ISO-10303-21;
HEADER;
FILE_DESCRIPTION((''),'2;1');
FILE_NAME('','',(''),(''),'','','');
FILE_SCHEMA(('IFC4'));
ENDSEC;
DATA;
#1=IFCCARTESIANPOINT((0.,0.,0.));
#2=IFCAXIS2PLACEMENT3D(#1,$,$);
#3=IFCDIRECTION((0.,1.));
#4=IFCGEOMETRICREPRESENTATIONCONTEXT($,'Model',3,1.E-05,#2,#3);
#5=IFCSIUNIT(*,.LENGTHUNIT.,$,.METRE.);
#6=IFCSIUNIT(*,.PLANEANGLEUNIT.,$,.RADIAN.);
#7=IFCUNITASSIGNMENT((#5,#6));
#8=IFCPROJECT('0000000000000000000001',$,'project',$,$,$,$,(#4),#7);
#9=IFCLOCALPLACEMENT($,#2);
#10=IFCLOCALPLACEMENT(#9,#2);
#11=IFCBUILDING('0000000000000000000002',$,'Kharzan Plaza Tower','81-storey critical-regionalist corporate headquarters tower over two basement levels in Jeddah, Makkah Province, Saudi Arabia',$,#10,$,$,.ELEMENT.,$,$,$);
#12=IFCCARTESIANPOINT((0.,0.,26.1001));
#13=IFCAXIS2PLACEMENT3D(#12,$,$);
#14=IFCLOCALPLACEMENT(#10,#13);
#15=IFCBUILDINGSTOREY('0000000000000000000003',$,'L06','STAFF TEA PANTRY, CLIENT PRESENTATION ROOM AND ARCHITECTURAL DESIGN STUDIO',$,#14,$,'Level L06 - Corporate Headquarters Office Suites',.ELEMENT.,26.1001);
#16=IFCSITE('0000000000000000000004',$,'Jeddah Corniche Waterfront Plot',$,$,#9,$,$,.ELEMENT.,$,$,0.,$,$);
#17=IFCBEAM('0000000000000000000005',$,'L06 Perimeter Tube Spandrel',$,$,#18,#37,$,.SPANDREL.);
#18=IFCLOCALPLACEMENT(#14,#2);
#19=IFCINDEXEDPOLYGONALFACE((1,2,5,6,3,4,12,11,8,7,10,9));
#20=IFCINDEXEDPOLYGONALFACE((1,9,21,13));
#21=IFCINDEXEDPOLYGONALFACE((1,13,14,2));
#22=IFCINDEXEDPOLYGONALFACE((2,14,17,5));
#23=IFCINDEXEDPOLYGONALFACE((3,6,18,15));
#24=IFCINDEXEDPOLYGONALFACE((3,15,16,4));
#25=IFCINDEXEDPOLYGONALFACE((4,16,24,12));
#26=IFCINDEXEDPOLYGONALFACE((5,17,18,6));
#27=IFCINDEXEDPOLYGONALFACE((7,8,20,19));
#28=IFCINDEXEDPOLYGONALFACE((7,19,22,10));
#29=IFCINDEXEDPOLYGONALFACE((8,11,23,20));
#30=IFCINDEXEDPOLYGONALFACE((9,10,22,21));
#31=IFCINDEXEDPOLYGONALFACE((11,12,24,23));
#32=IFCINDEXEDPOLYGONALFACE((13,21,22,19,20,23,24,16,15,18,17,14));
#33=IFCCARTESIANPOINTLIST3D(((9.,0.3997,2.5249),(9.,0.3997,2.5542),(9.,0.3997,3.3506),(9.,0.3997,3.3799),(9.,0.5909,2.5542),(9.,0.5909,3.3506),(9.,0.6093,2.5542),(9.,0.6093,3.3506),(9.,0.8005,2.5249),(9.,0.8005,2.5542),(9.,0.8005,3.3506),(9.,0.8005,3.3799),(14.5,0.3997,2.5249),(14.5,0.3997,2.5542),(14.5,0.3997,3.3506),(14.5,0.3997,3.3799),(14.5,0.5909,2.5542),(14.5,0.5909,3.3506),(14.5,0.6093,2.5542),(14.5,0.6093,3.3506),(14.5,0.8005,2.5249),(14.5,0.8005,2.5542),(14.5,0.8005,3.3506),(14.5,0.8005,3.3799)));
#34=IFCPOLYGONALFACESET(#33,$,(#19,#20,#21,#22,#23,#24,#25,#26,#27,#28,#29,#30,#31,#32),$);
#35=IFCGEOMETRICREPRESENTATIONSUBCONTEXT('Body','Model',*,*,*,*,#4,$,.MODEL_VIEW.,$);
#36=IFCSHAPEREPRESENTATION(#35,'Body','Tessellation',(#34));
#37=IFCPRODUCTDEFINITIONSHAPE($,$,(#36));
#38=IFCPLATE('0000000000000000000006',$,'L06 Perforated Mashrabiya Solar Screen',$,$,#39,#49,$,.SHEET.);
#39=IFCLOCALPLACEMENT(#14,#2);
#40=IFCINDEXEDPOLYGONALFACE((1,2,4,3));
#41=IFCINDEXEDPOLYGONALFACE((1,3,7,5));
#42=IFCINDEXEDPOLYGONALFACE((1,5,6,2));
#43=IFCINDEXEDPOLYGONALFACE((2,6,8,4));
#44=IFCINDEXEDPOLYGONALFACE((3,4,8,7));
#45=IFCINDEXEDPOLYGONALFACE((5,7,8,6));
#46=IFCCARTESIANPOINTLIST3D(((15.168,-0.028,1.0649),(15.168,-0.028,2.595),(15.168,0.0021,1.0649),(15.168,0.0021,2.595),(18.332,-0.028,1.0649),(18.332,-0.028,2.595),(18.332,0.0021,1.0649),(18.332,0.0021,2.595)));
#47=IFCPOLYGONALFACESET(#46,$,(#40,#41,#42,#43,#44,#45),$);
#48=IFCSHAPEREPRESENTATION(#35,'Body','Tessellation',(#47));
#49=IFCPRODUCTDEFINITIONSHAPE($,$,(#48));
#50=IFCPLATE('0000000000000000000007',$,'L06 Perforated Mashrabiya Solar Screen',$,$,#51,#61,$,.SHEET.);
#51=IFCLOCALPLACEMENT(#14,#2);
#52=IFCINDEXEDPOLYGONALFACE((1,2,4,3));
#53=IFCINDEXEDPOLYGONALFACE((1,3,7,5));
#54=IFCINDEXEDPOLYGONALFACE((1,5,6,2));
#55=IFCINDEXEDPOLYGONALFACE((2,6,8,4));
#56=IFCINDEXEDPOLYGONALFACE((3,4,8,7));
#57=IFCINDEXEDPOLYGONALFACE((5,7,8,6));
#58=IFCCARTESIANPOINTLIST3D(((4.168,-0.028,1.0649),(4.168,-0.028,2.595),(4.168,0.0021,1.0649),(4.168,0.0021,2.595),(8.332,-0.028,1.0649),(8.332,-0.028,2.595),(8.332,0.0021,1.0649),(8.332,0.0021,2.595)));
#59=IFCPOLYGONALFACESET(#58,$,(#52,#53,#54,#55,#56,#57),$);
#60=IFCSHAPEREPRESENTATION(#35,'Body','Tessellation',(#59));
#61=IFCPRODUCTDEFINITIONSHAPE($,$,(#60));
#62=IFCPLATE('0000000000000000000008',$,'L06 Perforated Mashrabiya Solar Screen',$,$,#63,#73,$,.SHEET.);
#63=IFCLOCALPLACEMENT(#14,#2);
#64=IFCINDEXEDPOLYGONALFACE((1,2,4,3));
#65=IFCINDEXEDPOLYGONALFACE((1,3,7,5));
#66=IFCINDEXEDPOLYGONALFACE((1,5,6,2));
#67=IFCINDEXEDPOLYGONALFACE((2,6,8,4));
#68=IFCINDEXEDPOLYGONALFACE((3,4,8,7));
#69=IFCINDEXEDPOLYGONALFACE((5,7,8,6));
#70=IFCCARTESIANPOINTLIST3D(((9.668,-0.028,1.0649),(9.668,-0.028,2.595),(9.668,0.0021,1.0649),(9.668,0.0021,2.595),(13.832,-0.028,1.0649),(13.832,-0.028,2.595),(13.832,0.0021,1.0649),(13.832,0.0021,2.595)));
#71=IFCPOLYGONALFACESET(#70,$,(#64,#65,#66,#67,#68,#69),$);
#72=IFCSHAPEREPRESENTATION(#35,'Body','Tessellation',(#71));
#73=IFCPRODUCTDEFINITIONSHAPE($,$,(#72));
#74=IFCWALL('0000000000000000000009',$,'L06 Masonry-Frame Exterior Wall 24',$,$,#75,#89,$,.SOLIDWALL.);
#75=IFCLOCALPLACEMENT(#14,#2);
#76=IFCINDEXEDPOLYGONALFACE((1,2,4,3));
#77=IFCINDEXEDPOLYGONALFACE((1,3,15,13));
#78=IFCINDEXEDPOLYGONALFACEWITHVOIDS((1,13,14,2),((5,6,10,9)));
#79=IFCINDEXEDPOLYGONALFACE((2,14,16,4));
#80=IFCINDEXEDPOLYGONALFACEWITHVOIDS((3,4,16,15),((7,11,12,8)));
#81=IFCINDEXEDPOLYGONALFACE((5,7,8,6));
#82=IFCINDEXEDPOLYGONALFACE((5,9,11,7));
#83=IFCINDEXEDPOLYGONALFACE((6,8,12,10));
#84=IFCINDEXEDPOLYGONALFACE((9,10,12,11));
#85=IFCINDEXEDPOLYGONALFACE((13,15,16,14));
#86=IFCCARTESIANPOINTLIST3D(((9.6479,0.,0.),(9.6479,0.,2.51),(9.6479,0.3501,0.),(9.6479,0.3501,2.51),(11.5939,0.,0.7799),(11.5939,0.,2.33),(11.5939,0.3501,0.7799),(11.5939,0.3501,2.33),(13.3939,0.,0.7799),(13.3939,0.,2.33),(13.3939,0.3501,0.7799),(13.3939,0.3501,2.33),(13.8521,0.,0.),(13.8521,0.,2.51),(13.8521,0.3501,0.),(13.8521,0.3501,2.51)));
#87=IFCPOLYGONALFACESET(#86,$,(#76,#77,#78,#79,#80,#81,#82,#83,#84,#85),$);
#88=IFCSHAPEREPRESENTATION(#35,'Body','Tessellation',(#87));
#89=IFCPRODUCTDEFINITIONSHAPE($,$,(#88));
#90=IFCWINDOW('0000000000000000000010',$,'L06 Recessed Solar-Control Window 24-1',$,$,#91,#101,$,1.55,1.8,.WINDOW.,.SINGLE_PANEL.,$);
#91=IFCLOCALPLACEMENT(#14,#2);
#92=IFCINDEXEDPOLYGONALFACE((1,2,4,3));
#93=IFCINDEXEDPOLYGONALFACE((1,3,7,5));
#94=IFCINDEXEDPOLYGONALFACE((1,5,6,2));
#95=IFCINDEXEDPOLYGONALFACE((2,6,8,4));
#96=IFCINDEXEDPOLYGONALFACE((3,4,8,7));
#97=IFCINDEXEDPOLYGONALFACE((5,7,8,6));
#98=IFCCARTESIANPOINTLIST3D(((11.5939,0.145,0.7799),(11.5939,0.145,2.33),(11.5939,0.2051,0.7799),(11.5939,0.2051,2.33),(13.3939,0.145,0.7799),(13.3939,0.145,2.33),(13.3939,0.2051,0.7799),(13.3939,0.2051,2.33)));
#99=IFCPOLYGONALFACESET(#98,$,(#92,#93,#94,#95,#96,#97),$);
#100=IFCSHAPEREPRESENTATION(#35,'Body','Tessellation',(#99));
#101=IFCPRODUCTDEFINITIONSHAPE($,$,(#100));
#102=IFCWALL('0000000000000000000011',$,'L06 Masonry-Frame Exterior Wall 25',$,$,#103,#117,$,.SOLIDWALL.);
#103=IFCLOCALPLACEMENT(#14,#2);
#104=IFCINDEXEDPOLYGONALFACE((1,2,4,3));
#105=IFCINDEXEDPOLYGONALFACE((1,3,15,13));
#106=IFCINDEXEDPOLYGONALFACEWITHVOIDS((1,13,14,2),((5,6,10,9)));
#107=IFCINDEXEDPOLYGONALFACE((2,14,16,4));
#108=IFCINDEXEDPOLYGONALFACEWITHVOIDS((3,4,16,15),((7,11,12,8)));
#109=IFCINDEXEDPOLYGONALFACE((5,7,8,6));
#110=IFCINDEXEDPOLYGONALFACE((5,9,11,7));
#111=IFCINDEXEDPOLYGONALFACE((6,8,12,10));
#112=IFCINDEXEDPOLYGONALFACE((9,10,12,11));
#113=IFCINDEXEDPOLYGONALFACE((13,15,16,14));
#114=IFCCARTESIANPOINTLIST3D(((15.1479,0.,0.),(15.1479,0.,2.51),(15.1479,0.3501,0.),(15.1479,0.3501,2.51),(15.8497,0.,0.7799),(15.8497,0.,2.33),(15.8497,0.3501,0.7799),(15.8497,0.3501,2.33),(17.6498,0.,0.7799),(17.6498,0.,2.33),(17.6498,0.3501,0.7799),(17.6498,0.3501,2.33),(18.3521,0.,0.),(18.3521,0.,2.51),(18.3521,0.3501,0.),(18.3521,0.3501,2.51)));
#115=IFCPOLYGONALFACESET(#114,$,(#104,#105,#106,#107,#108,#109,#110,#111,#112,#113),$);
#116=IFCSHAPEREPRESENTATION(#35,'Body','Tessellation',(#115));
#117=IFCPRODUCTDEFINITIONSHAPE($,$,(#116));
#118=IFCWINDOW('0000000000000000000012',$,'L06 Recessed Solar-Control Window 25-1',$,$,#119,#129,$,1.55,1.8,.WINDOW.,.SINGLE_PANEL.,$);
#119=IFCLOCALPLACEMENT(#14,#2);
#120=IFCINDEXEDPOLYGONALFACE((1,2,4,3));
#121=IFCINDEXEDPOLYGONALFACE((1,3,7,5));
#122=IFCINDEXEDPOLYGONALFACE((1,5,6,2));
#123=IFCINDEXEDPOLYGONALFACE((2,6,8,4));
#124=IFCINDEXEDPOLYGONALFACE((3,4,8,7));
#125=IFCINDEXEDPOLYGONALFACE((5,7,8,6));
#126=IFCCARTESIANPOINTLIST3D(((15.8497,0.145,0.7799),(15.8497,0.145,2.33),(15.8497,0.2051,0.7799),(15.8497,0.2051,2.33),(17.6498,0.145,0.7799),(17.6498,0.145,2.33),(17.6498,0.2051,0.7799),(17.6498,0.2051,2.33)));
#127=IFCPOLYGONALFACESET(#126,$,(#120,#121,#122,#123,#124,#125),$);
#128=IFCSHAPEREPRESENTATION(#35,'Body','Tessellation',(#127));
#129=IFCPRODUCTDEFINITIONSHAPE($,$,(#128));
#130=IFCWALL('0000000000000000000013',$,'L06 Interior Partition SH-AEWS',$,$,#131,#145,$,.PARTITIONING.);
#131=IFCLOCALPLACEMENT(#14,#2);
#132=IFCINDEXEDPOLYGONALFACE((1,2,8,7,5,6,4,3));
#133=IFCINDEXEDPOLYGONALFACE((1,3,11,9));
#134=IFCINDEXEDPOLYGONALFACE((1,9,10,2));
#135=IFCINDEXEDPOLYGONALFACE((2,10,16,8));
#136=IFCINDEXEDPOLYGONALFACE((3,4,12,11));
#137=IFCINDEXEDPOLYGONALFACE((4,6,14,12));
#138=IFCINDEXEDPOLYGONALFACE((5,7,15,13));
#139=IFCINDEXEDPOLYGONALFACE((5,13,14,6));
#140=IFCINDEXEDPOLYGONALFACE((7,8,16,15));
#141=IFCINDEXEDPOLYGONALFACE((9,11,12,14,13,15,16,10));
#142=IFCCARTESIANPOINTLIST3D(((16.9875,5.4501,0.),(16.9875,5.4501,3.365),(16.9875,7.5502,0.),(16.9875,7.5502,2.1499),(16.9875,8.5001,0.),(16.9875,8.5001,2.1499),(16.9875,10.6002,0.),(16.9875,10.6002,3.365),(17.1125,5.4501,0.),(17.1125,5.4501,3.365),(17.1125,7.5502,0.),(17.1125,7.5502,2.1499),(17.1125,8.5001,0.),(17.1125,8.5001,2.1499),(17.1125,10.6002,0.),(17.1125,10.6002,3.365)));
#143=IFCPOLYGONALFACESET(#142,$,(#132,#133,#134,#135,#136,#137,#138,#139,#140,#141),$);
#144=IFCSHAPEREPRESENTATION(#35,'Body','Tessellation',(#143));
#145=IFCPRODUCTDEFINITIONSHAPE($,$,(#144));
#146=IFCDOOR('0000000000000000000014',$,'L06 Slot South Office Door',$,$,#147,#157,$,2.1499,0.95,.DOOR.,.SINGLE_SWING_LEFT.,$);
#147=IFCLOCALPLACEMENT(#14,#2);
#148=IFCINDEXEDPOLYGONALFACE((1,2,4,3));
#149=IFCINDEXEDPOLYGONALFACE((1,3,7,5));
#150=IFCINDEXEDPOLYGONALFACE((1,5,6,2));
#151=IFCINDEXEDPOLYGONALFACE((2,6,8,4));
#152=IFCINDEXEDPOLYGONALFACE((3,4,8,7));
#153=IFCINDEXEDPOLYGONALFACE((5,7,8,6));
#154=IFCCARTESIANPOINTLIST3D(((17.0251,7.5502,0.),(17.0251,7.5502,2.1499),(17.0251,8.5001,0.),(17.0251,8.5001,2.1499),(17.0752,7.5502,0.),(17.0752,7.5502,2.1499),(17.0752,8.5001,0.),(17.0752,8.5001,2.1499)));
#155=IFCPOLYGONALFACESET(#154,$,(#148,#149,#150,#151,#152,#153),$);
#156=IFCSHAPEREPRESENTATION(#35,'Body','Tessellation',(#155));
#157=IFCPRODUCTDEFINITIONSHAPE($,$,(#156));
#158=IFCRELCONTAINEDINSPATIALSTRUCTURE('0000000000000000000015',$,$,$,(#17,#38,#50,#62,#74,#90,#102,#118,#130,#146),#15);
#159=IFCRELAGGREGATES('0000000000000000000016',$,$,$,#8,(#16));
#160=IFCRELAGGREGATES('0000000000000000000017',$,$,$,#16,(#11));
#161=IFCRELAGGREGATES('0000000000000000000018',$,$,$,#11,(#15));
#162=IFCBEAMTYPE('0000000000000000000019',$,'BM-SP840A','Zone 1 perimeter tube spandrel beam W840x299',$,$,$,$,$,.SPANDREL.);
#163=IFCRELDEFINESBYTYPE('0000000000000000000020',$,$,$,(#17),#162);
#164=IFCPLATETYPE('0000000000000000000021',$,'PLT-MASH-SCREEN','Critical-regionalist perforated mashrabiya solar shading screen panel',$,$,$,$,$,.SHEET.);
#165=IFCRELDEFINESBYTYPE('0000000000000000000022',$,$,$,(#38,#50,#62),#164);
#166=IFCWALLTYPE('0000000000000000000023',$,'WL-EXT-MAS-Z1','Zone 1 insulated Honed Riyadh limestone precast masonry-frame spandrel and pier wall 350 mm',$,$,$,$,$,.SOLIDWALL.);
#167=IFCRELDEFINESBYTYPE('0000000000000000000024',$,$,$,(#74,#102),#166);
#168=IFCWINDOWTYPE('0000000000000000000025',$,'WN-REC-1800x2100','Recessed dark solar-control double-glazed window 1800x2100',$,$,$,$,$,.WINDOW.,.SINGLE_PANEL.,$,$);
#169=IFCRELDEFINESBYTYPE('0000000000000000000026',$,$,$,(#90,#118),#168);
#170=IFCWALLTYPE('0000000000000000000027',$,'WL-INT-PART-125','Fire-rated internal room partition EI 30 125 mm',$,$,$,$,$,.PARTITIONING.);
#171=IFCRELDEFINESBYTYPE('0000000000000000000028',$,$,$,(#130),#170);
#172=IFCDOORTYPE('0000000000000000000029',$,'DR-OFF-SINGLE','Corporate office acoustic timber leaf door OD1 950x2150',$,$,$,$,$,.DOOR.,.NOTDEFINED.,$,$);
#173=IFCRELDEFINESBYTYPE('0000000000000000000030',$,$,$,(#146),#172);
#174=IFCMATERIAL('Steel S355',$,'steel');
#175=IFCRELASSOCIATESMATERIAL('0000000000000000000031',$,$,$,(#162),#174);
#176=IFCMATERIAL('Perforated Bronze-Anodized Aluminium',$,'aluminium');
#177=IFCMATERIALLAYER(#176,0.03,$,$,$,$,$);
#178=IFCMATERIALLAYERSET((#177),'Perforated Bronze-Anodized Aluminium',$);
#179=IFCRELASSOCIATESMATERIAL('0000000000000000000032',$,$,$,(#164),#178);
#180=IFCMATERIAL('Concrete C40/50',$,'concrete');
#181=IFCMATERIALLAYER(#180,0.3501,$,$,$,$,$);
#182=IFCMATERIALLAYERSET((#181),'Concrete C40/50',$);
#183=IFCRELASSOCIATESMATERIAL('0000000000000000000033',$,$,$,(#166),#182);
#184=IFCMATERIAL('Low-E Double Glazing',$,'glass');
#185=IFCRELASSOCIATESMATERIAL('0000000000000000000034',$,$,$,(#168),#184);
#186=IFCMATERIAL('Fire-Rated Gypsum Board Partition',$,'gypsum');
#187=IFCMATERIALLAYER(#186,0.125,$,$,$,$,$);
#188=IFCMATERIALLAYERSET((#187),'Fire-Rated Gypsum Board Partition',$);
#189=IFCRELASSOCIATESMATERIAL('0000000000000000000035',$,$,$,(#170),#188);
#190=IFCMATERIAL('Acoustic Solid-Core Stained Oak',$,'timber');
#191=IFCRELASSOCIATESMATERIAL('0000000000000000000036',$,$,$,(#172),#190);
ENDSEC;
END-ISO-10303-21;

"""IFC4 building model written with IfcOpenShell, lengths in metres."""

from ifc_helpers import new_model, si_unit, direction, frame, frame_2d, origin, origin_2d, place, context, subcontext, project, spatial, rectangle, i_section, extrude, source, transform, mapped, material, layer, layer_set, material_profile, profile_set, type_object, element, fill, save


model = new_model("IFC4")

# Units and contexts
model_context = context("Model", 3, precision=1e-05, world=origin(), true_north=direction((0.0, 1.0)))
body_context = subcontext(model_context, "Body", "Model", "MODEL_VIEW")
ifc_project = project(units=[si_unit("LENGTHUNIT", "METRE"), si_unit("PLANEANGLEUNIT", "RADIAN")], contexts=[model_context])

# Site, building, storey
site_placement = place(None, origin())
site = spatial("IfcSite", under=ifc_project, at=site_placement, Name="Jeddah Corniche Waterfront Plot", CompositionType="ELEMENT", RefElevation=0.0)
building_placement = place(site_placement, origin())
building = spatial("IfcBuilding", under=site, at=building_placement, Name="Kharzan Plaza Tower", Description="81-storey critical-regionalist corporate headquarters tower over two basement levels in Jeddah, Makkah Province, Saudi Arabia", CompositionType="ELEMENT")
storey_placement = place(building_placement, frame((0.0, 0.0, 26.1001)))
storey = spatial("IfcBuildingStorey", under=building, at=storey_placement, Name="L06", Description="STAFF TEA PANTRY, CLIENT PRESENTATION ROOM AND ARCHITECTURAL DESIGN STUDIO", LongName="Level L06 - Corporate Headquarters Office Suites", CompositionType="ELEMENT", Elevation=26.1001)

# Beam
ifc_material_1 = material(Name="Steel S355", Category="steel")
ifc_material_profile_1 = material_profile(ifc_material_1, i_section(OverallWidth=0.4009, OverallDepth=0.855, WebThickness=0.0183, FlangeThickness=0.0293, at=origin_2d()), Name="W840x299")
ifc_profile_set_1 = profile_set([ifc_material_profile_1], Name="Steel S355")
beam_type_1 = type_object("IfcBeamType", Name="BM-SP840A", Description="Zone 1 perimeter tube spandrel beam W840x299", PredefinedType="SPANDREL", material=ifc_profile_set_1)
shared_shape_1 = source(origin(), body_context, "Body", "SweptSolid", [
    extrude(i_section(OverallWidth=0.4009, OverallDepth=0.855, WebThickness=0.0183, FlangeThickness=0.0293, at=origin_2d()), origin(), (0.0, 0.0, 1.0), 5.5),
])
beam_1_placement = place(storey_placement, frame((9.0, 0.6001, 2.9524), z_axis=(1.0, 0.0, 0.0), x_axis=(0.0, 1.0, 0.0)))
element("IfcBeam", 1, at=beam_1_placement, inside=storey, type_object=beam_type_1, Name="L06 Perimeter Tube Spandrel", PredefinedType="SPANDREL", context=body_context, shape_type="MappedRepresentation", body=[
    mapped(shared_shape_1, transform((0.0, 0.0, 0.0), x_axis=(1.0, 0.0, 0.0), y_axis=(0.0, 1.0, 0.0), z_axis=(0.0, 0.0, 1.0))),
])

# Plates
ifc_material_2 = material(Name="Perforated Bronze-Anodized Aluminium", Category="aluminium")
ifc_layer_1 = layer(ifc_material_2, 0.03)
ifc_layer_set_1 = layer_set([ifc_layer_1], Name="Perforated Bronze-Anodized Aluminium")
plate_type = type_object("IfcPlateType", Name="PLT-MASH-SCREEN", Description="Critical-regionalist perforated mashrabiya solar shading screen panel", PredefinedType="SHEET", material=ifc_layer_set_1)
shared_shape_2 = source(origin(), body_context, "Body", "SweptSolid", [
    extrude(rectangle(XDim=3.1641, YDim=0.03, at=origin_2d()), origin(), (0.0, 0.0, 1.0), 1.53),
])
plate_placement = place(storey_placement, frame((16.75, -0.0129, 1.0649), z_axis=(0.0, 0.0, 1.0), x_axis=(1.0, 0.0, 0.0)))
element("IfcPlate", 2, at=plate_placement, inside=storey, type_object=plate_type, Name="L06 Perforated Mashrabiya Solar Screen", PredefinedType="SHEET", context=body_context, shape_type="MappedRepresentation", body=[
    mapped(shared_shape_2, transform((0.0, 0.0, 0.0), x_axis=(1.0, 0.0, 0.0), y_axis=(0.0, 1.0, 0.0), z_axis=(0.0, 0.0, 1.0))),
])
shared_shape_3 = source(origin(), body_context, "Body", "SweptSolid", [
    extrude(rectangle(XDim=4.1641, YDim=0.03, at=origin_2d()), origin(), (0.0, 0.0, 1.0), 1.53),
])
for number, where, z_axis, x_axis, name in (
    (3, (6.25, -0.0129, 1.0649), (0.0, 0.0, 1.0), (1.0, 0.0, 0.0), "L06 Perforated Mashrabiya Solar Screen"),
    (4, (11.75, -0.0129, 1.0649), (0.0, 0.0, 1.0), (1.0, 0.0, 0.0), "L06 Perforated Mashrabiya Solar Screen"),
):
    element("IfcPlate", number, at=place(storey_placement, frame(where, z_axis=z_axis, x_axis=x_axis)), inside=storey, type_object=plate_type, Name=name, PredefinedType="SHEET", context=body_context, shape_type="MappedRepresentation", body=[
        mapped(shared_shape_3, transform((0.0, 0.0, 0.0), x_axis=(1.0, 0.0, 0.0), y_axis=(0.0, 1.0, 0.0), z_axis=(0.0, 0.0, 1.0))),
    ])

# Walls, openings, windows
ifc_material_3 = material(Name="Concrete C40/50", Category="concrete")
ifc_layer_2 = layer(ifc_material_3, 0.3501)
ifc_layer_set_2 = layer_set([ifc_layer_2], Name="Concrete C40/50")
wall_type_1 = type_object("IfcWallType", Name="WL-EXT-MAS-Z1", Description="Zone 1 insulated Honed Riyadh limestone precast masonry-frame spandrel and pier wall 350 mm", PredefinedType="SOLIDWALL", material=ifc_layer_set_2)
wall_1_placement = place(storey_placement, frame((9.6479, 0.175, 0.0), z_axis=(0.0, 0.0, 1.0), x_axis=(1.0, 0.0, 0.0)))
wall_1 = element("IfcWall", 5, at=wall_1_placement, inside=storey, type_object=wall_type_1, Name="L06 Masonry-Frame Exterior Wall 24", PredefinedType="SOLIDWALL", context=body_context, shape_type="SweptSolid", body=[
    extrude(rectangle(XDim=4.2041, YDim=0.3501, at=frame_2d((2.1021, 0.0))), origin(), (0.0, 0.0, 1.0), 2.51),
])
opening_1_placement = place(wall_1_placement, frame((1.946, 0.0, 0.78)))
opening_1 = element("IfcOpeningElement", 6, at=opening_1_placement, cuts=wall_1, PredefinedType="OPENING", context=body_context, shape_type="SweptSolid", body=[
    extrude(rectangle(XDim=1.8, YDim=1.55, at=frame_2d((0.8999, 0.7749))), frame((0.0, 0.1851, 0.0), z_axis=(0.0, -1.0, 0.0), x_axis=(1.0, 0.0, 0.0)), (0.0, 0.0, 1.0), 0.3701),
])
ifc_material_4 = material(Name="Low-E Double Glazing", Category="glass")
window_type = type_object("IfcWindowType", Name="WN-REC-1800x2100", Description="Recessed dark solar-control double-glazed window 1800x2100", PartitioningType="SINGLE_PANEL", PredefinedType="WINDOW", material=ifc_material_4)
shared_shape_4 = source(origin(), body_context, "Body", "SweptSolid", [
    extrude(rectangle(XDim=1.8, YDim=1.55, at=frame_2d((0.8999, 0.7749))), frame((0.0, 0.03, 0.0), z_axis=(0.0, -1.0, 0.0), x_axis=(1.0, 0.0, 0.0)), (0.0, 0.0, 1.0), 0.0601),
])
window_1_placement = place(opening_1_placement, origin())
window_1 = element("IfcWindow", 7, at=window_1_placement, inside=storey, type_object=window_type, Name="L06 Recessed Solar-Control Window 24-1", OverallHeight=1.55, OverallWidth=1.8, PartitioningType="SINGLE_PANEL", PredefinedType="WINDOW", context=body_context, shape_type="MappedRepresentation", body=[
    mapped(shared_shape_4, transform((0.0, 0.0, 0.0), x_axis=(1.0, 0.0, 0.0), y_axis=(0.0, 1.0, 0.0), z_axis=(0.0, 0.0, 1.0))),
])
fill(opening_1, window_1)
wall_2_placement = place(storey_placement, frame((15.1479, 0.175, 0.0), z_axis=(0.0, 0.0, 1.0), x_axis=(1.0, 0.0, 0.0)))
wall_2 = element("IfcWall", 8, at=wall_2_placement, inside=storey, type_object=wall_type_1, Name="L06 Masonry-Frame Exterior Wall 25", PredefinedType="SOLIDWALL", context=body_context, shape_type="SweptSolid", body=[
    extrude(rectangle(XDim=3.2041, YDim=0.3501, at=frame_2d((1.6021, 0.0))), origin(), (0.0, 0.0, 1.0), 2.51),
])
opening_2_placement = place(wall_2_placement, frame((0.7019, 0.0, 0.78)))
opening_2 = element("IfcOpeningElement", 9, at=opening_2_placement, cuts=wall_2, PredefinedType="OPENING", context=body_context, shape_type="SweptSolid", body=[
    extrude(rectangle(XDim=1.8, YDim=1.55, at=frame_2d((0.8999, 0.7749))), frame((0.0, 0.1851, 0.0), z_axis=(0.0, -1.0, 0.0), x_axis=(1.0, 0.0, 0.0)), (0.0, 0.0, 1.0), 0.3701),
])
window_2_placement = place(opening_2_placement, origin())
window_2 = element("IfcWindow", 10, at=window_2_placement, inside=storey, type_object=window_type, Name="L06 Recessed Solar-Control Window 25-1", OverallHeight=1.55, OverallWidth=1.8, PartitioningType="SINGLE_PANEL", PredefinedType="WINDOW", context=body_context, shape_type="MappedRepresentation", body=[
    mapped(shared_shape_4, transform((0.0, 0.0, 0.0), x_axis=(1.0, 0.0, 0.0), y_axis=(0.0, 1.0, 0.0), z_axis=(0.0, 0.0, 1.0))),
])
fill(opening_2, window_2)

# Wall, opening, door
ifc_material_5 = material(Name="Fire-Rated Gypsum Board Partition", Category="gypsum")
ifc_layer_3 = layer(ifc_material_5, 0.125)
ifc_layer_set_3 = layer_set([ifc_layer_3], Name="Fire-Rated Gypsum Board Partition")
wall_type_2 = type_object("IfcWallType", Name="WL-INT-PART-125", Description="Fire-rated internal room partition EI 30 125 mm", PredefinedType="PARTITIONING", material=ifc_layer_set_3)
wall_3_placement = place(storey_placement, frame((17.05, 5.45, 0.0), z_axis=(0.0, 0.0, 1.0), x_axis=(0.0, 1.0, 0.0)))
wall_3 = element("IfcWall", 11, at=wall_3_placement, inside=storey, type_object=wall_type_2, Name="L06 Interior Partition SH-AEWS", PredefinedType="PARTITIONING", context=body_context, shape_type="SweptSolid", body=[
    extrude(rectangle(XDim=5.1501, YDim=0.125, at=frame_2d((2.5752, 0.0))), origin(), (0.0, 0.0, 1.0), 3.365),
])
opening_3_placement = place(wall_3_placement, frame((2.1001, 0.0, 0.0)))
opening_3 = element("IfcOpeningElement", 12, at=opening_3_placement, cuts=wall_3, PredefinedType="OPENING", context=body_context, shape_type="SweptSolid", body=[
    extrude(rectangle(XDim=0.95, YDim=2.1499, at=frame_2d((0.4751, 1.075))), frame((0.0, 0.0725, 0.0), z_axis=(0.0, -1.0, 0.0), x_axis=(1.0, 0.0, 0.0)), (0.0, 0.0, 1.0), 0.145),
])
ifc_material_6 = material(Name="Acoustic Solid-Core Stained Oak", Category="timber")
door_type = type_object("IfcDoorType", Name="DR-OFF-SINGLE", Description="Corporate office acoustic timber leaf door OD1 950x2150", OperationType="NOTDEFINED", PredefinedType="DOOR", material=ifc_material_6)
shared_shape_5 = source(origin(), body_context, "Body", "SweptSolid", [
    extrude(rectangle(XDim=0.95, YDim=2.1499, at=frame_2d((0.4751, 1.075))), frame((0.0, 0.0249, 0.0), z_axis=(0.0, -1.0, 0.0), x_axis=(1.0, 0.0, 0.0)), (0.0, 0.0, 1.0), 0.05),
])
door_1_placement = place(opening_3_placement, origin())
door_1 = element("IfcDoor", 13, at=door_1_placement, inside=storey, type_object=door_type, Name="L06 Slot South Office Door", OperationType="SINGLE_SWING_LEFT", OverallHeight=2.1499, OverallWidth=0.95, PredefinedType="DOOR", context=body_context, shape_type="MappedRepresentation", body=[
    mapped(shared_shape_5, transform((0.0, 0.0, 0.0), x_axis=(1.0, 0.0, 0.0), y_axis=(0.0, 1.0, 0.0), z_axis=(0.0, 0.0, 1.0))),
])
fill(opening_3, door_1)

save(model, "model.ifc")
